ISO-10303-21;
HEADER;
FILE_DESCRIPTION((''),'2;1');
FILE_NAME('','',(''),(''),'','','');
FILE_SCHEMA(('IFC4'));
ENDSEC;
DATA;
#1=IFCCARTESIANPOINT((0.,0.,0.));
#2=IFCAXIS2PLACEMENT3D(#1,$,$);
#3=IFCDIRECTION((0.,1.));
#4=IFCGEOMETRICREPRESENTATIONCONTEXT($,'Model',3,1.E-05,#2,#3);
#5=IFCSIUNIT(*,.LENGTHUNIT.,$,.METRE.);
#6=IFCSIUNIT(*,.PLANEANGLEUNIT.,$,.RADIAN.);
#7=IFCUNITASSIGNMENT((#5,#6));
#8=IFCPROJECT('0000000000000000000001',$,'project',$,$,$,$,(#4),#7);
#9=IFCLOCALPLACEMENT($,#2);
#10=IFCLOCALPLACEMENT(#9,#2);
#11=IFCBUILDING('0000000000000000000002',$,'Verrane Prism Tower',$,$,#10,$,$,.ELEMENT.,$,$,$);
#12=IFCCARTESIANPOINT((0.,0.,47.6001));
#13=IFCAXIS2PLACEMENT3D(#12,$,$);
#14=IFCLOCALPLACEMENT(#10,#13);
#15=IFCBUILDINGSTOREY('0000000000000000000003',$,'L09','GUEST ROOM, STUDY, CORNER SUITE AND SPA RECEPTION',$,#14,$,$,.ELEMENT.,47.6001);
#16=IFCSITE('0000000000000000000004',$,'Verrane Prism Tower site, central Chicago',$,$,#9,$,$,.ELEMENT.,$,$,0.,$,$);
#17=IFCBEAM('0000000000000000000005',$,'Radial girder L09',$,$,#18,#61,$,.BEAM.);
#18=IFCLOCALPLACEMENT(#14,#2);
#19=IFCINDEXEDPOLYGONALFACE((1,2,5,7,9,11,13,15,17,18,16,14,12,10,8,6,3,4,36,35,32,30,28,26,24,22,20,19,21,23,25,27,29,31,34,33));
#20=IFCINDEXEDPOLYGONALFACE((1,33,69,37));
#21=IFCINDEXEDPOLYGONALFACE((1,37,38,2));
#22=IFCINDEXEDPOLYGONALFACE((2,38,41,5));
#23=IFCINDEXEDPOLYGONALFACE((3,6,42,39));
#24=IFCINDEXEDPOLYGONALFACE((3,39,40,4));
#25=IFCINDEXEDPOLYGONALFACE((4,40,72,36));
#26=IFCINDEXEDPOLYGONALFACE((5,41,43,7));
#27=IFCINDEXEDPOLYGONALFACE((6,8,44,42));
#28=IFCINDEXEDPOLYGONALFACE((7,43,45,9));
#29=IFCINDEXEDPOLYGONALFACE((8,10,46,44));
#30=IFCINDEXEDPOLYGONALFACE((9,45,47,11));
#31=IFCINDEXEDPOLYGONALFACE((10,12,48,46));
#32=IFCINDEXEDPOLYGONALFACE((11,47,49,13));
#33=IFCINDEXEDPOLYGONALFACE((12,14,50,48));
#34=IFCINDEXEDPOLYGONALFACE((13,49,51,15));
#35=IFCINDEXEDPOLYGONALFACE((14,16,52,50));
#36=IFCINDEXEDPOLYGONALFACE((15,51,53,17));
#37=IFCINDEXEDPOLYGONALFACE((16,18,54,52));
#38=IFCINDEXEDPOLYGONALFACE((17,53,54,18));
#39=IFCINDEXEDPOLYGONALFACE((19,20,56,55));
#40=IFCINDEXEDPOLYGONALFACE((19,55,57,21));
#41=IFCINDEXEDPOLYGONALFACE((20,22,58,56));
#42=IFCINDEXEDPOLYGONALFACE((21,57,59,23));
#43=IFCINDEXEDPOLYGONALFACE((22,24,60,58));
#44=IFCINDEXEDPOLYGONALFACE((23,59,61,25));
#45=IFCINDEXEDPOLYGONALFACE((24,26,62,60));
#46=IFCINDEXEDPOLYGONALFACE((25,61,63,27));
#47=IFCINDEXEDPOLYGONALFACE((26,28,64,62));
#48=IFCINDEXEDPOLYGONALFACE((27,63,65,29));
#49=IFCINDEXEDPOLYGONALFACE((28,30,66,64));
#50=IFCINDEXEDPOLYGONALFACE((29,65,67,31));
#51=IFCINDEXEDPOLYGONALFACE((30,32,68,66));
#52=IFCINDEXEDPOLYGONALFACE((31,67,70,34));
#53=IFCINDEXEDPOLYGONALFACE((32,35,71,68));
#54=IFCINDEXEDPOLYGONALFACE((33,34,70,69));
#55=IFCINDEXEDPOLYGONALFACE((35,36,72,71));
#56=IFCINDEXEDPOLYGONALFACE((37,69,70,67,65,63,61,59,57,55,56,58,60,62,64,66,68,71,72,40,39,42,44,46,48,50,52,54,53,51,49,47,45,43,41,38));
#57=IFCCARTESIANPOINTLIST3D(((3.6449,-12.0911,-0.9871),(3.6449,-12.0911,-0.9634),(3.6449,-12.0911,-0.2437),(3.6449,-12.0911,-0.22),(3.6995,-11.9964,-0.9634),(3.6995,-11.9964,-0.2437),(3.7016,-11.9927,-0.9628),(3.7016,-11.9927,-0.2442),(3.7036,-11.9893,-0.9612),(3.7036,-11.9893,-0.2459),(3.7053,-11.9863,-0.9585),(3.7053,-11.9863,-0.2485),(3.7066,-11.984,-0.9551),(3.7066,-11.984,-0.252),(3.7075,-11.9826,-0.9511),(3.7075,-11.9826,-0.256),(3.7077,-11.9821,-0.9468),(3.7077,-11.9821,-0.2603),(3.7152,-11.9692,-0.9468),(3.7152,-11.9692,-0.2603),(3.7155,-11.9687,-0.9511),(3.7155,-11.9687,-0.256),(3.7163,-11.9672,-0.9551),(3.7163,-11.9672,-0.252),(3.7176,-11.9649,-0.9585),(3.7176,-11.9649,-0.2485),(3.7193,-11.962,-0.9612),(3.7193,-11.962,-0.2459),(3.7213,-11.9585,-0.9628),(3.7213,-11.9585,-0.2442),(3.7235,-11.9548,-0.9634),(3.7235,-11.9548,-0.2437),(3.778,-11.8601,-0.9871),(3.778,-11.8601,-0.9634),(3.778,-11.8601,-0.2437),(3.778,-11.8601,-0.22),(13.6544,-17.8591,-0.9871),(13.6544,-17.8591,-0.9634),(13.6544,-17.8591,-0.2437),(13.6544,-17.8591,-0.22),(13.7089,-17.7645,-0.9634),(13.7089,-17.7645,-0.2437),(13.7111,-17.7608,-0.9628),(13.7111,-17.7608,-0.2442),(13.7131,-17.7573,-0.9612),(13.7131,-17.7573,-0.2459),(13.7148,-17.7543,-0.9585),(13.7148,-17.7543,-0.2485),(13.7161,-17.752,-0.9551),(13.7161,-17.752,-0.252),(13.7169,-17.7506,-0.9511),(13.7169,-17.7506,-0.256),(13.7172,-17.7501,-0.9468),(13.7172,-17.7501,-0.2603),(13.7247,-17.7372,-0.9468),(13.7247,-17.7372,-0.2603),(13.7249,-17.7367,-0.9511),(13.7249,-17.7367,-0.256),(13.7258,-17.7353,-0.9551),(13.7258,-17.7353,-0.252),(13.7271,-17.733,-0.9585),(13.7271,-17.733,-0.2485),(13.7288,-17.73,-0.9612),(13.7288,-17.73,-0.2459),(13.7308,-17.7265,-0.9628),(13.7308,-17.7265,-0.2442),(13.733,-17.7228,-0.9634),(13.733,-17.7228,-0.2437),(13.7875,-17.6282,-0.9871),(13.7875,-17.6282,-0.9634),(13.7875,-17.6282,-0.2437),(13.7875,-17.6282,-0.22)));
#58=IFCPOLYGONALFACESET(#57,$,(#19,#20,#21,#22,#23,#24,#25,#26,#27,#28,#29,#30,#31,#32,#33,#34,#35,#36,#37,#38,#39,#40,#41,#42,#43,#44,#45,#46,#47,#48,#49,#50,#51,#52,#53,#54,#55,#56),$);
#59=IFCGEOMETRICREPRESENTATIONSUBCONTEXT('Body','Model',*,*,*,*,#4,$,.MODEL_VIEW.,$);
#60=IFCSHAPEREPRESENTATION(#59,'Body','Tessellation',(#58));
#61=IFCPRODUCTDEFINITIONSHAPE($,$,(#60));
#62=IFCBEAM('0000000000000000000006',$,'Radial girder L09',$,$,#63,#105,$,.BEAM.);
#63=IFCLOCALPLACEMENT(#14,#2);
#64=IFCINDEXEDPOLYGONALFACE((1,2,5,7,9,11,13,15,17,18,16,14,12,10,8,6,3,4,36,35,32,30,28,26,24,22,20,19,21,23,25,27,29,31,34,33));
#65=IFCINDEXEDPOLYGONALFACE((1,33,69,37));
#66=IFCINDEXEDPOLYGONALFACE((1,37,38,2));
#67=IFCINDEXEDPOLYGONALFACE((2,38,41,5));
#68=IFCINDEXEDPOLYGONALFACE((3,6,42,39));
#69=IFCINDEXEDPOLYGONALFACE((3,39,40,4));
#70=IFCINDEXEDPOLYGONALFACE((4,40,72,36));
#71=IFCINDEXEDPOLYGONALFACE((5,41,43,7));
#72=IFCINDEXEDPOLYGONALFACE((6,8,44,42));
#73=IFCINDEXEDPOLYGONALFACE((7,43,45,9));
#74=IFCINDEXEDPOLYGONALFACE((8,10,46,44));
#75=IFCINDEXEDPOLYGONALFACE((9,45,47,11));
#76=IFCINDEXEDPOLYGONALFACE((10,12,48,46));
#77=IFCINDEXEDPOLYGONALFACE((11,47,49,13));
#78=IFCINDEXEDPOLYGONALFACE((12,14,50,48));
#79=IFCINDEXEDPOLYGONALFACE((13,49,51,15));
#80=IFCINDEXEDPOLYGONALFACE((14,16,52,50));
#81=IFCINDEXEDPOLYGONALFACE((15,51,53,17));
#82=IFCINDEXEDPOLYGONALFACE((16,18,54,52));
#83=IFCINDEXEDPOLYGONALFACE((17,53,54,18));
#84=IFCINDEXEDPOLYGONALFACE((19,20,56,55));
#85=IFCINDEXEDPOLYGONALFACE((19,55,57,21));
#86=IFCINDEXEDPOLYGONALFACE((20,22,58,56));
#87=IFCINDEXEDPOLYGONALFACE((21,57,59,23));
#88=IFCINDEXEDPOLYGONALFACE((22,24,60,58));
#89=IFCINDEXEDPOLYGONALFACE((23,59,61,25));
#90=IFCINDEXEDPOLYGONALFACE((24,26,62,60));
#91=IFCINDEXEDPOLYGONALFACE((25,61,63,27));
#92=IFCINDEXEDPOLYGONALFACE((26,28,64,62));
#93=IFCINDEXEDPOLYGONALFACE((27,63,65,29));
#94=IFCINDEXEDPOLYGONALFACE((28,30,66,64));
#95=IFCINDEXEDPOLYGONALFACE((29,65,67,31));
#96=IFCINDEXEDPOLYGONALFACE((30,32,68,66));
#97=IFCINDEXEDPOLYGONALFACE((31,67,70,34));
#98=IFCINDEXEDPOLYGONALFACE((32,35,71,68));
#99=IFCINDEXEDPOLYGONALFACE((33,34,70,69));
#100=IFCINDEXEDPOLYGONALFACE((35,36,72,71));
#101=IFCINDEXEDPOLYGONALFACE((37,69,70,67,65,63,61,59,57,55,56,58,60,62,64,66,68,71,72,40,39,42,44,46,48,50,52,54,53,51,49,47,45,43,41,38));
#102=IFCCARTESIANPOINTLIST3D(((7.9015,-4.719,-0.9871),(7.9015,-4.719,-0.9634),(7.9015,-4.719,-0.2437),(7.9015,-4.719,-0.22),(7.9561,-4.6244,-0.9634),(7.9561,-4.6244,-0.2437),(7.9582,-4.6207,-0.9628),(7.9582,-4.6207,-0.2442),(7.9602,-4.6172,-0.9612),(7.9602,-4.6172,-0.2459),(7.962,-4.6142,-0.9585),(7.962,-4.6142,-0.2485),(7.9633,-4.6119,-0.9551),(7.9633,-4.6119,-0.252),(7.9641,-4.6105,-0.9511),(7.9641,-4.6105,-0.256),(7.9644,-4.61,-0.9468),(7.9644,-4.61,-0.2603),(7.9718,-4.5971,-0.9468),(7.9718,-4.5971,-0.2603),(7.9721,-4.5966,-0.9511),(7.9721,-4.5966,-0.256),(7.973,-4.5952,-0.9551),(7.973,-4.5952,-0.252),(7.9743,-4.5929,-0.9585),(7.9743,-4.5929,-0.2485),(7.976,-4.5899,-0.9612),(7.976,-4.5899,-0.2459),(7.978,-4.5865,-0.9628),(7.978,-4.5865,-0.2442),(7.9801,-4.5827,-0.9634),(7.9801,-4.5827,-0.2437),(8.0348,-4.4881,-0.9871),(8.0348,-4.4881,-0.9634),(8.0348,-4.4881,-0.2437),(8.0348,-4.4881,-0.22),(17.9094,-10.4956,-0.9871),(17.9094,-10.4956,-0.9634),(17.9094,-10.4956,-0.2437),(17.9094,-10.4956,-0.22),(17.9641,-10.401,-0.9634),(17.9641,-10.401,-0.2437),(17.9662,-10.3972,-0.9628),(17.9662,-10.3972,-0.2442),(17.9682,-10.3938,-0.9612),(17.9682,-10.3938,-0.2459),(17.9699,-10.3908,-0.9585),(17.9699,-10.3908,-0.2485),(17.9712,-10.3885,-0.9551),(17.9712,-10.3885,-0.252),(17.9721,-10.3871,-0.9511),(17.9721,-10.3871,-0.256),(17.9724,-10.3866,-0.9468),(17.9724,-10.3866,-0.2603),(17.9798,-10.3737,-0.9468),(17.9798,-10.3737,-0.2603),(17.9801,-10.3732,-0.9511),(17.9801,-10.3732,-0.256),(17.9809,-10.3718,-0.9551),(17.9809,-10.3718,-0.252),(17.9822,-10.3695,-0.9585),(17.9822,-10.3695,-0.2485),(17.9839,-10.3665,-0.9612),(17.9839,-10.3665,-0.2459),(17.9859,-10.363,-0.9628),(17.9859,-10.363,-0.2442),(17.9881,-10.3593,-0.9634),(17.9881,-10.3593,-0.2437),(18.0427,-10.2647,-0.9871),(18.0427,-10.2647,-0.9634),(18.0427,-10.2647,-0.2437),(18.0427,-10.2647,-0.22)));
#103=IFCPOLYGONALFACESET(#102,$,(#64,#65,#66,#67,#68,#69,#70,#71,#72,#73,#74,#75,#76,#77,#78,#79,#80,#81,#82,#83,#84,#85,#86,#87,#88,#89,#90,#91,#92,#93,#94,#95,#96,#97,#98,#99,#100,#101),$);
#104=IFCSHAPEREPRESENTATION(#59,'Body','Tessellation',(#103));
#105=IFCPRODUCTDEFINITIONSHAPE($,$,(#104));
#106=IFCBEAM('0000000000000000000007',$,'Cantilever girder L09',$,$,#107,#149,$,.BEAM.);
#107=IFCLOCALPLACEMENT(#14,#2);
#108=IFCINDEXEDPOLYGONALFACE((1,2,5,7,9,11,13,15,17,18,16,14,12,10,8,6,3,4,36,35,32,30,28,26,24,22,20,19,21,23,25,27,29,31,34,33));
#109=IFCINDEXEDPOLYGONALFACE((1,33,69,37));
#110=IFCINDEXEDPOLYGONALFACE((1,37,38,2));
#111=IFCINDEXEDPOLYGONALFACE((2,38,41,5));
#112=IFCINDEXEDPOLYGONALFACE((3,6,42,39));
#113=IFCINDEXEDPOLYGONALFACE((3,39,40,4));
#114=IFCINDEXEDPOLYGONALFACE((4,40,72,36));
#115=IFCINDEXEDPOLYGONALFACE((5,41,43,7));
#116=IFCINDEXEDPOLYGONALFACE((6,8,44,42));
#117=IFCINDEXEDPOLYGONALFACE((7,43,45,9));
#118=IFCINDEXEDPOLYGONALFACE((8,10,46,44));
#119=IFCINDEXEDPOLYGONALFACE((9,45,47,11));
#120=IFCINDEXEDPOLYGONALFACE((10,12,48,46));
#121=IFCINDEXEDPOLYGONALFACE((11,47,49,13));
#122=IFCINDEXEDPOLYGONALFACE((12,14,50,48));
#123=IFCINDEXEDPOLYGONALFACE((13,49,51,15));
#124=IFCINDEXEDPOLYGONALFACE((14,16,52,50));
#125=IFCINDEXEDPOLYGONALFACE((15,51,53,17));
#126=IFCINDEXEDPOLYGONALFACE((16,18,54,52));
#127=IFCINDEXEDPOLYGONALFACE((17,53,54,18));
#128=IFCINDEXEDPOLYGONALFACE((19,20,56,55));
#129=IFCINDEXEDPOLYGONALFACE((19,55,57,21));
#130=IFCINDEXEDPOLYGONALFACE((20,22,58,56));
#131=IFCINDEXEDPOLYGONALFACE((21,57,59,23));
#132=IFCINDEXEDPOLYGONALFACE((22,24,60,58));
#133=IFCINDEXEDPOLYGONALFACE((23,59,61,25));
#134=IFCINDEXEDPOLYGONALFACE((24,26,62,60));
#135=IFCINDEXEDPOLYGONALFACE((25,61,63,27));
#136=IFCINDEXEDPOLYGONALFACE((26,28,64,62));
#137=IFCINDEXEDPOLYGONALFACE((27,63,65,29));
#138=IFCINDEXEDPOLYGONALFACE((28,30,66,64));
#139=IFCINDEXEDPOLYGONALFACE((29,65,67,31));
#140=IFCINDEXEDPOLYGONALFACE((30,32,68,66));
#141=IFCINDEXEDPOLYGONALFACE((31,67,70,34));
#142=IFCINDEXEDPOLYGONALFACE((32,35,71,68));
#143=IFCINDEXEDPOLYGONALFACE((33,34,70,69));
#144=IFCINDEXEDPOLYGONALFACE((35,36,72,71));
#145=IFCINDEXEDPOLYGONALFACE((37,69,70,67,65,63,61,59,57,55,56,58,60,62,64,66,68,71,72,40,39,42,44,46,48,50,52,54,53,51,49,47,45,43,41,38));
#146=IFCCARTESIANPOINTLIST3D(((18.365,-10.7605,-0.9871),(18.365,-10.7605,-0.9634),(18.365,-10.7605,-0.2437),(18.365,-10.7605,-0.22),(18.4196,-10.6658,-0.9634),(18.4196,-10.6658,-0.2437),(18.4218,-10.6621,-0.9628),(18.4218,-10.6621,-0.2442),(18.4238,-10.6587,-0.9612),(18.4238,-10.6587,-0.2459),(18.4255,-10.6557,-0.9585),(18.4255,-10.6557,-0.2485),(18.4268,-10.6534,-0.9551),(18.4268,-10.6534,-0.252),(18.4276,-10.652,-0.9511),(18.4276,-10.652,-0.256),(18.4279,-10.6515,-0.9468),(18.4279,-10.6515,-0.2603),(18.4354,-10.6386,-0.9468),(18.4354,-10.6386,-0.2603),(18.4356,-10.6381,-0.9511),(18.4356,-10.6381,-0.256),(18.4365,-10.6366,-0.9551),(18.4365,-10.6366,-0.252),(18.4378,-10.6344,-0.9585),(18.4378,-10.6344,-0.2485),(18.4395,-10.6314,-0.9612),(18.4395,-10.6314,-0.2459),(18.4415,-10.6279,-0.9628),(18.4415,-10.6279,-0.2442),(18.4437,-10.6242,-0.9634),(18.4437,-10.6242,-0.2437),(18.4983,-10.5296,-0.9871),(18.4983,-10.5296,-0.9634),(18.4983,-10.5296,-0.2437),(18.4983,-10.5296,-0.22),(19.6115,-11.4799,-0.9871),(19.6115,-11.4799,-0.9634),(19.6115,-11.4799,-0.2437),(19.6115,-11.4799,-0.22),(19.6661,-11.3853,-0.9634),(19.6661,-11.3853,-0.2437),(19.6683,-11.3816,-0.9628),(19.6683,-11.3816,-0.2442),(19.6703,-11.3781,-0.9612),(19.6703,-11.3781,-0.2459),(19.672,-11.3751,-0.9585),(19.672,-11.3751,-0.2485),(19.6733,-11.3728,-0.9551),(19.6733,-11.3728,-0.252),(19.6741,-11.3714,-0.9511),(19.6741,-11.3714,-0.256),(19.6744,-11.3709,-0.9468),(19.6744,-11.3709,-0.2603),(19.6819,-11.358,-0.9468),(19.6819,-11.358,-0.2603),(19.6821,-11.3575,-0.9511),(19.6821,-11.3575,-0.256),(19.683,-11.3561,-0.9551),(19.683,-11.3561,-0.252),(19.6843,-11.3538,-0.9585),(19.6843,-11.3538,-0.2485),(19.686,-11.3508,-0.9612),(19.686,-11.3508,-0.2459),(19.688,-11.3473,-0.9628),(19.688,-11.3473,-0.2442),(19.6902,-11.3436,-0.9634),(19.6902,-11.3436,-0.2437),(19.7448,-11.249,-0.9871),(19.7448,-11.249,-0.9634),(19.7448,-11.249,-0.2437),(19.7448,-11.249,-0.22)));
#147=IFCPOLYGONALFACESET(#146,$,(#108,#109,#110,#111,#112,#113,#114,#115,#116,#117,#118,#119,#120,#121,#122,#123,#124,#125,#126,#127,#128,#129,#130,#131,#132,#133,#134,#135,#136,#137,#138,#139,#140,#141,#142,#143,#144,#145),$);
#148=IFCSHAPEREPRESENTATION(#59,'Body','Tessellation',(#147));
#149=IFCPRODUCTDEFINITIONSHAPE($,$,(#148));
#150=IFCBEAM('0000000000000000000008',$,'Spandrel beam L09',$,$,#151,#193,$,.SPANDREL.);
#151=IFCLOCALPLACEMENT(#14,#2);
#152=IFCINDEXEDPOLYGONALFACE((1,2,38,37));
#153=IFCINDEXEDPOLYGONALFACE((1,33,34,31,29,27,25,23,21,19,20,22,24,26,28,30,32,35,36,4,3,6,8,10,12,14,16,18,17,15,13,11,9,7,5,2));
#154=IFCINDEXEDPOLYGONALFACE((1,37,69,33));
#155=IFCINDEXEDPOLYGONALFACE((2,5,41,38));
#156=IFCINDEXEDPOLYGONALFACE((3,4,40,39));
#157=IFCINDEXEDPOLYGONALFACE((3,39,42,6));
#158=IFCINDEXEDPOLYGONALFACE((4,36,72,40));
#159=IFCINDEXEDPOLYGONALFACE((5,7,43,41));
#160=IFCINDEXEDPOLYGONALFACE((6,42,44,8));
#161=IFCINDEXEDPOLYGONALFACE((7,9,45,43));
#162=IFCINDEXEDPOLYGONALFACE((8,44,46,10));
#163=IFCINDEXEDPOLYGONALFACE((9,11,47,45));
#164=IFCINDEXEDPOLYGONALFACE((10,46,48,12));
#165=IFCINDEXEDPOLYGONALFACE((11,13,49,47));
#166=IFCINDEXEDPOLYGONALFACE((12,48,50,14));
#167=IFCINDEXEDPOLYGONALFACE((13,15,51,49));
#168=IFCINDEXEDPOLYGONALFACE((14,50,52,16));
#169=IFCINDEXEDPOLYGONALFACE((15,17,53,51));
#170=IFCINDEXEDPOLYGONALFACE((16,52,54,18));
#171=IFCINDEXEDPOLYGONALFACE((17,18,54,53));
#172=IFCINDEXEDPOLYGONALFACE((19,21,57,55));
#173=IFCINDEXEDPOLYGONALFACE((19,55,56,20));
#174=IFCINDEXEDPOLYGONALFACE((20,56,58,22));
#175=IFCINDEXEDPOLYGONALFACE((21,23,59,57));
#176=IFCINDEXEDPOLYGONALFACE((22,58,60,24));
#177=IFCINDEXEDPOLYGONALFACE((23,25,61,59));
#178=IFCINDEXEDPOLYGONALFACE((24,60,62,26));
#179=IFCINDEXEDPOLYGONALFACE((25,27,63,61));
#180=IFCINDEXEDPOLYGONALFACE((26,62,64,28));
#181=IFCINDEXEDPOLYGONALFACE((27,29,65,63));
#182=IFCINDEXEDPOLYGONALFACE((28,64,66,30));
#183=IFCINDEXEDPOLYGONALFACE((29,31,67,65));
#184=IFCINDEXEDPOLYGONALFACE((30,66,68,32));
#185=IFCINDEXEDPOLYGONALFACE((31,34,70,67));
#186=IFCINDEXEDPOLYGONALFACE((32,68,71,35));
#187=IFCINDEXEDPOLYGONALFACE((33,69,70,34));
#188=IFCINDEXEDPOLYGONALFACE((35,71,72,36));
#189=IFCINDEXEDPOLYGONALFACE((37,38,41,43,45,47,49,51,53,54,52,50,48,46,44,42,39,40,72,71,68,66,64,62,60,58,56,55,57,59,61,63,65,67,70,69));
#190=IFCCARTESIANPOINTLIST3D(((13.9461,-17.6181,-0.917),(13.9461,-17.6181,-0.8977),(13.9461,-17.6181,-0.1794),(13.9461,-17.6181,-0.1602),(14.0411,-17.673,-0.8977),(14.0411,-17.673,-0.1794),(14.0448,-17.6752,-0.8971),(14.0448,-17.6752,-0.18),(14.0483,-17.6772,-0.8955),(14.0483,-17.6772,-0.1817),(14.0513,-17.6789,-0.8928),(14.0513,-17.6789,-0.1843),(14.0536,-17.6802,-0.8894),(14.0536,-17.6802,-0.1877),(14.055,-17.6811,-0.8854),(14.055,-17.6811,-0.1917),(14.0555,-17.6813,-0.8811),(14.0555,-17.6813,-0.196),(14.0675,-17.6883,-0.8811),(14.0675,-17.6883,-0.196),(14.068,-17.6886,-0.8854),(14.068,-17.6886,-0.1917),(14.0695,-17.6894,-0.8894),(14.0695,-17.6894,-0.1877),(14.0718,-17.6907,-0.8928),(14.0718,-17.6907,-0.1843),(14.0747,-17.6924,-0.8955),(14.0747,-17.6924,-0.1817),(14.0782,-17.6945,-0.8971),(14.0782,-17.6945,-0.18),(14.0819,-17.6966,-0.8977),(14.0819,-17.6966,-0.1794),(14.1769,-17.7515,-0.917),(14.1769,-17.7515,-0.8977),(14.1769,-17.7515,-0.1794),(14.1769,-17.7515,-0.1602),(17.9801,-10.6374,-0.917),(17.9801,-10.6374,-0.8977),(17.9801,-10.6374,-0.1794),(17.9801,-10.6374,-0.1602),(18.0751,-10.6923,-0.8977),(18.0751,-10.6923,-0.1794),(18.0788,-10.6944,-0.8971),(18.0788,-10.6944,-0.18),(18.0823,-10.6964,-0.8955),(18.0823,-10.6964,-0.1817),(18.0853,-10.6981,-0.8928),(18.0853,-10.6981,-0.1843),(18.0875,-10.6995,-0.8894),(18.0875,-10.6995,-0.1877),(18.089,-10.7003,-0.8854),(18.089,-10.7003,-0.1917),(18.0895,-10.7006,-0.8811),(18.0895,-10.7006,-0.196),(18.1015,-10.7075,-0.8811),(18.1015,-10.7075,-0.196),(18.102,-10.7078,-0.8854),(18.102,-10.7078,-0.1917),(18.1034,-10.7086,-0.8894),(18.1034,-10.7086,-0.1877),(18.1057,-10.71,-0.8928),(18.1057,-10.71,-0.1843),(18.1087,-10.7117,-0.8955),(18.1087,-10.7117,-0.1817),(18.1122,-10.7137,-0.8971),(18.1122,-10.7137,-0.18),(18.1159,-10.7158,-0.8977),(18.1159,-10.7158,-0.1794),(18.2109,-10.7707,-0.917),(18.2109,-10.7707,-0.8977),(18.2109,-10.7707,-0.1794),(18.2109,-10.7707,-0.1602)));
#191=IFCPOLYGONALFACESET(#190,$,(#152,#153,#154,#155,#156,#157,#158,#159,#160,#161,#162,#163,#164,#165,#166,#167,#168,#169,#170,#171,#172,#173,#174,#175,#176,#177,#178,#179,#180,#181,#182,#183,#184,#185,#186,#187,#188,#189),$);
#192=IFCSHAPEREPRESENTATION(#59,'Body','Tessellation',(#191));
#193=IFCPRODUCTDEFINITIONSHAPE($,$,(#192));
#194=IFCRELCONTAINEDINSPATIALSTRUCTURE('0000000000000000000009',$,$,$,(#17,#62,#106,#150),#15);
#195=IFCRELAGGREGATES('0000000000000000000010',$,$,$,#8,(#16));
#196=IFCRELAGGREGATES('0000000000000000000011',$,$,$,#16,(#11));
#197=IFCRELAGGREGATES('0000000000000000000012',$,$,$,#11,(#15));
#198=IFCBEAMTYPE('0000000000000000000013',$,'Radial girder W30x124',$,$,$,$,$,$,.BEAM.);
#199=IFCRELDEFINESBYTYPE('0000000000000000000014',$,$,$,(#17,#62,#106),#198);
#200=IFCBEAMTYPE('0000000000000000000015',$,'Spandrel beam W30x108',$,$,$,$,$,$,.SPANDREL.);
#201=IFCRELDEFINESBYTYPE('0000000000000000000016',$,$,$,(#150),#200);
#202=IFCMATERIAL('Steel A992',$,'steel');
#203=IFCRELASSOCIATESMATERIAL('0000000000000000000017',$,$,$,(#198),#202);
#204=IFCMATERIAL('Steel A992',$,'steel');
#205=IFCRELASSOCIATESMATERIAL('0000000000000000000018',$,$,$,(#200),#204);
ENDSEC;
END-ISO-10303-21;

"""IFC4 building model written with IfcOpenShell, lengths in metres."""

from ifc_helpers import new_model, si_unit, direction, frame, origin, origin_2d, place, context, subcontext, project, spatial, i_section, extrude, material, material_profile, profile_set, type_object, element, save


model = new_model("IFC4")

# Units and contexts
model_context = context("Model", 3, precision=1e-05, world=origin(), true_north=direction((0.0, 1.0)))
body_context = subcontext(model_context, "Body", "Model", "MODEL_VIEW")
ifc_project = project(units=[si_unit("LENGTHUNIT", "METRE"), si_unit("PLANEANGLEUNIT", "RADIAN")], contexts=[model_context])

# Site, building, storey
site_placement = place(None, origin())
site = spatial("IfcSite", under=ifc_project, at=site_placement, Name="Verrane Prism Tower site, central Chicago", CompositionType="ELEMENT", RefElevation=0.0)
building_placement = place(site_placement, origin())
building = spatial("IfcBuilding", under=site, at=building_placement, Name="Verrane Prism Tower", CompositionType="ELEMENT")
storey_placement = place(building_placement, frame((0.0, 0.0, 47.6001)))
storey = spatial("IfcBuildingStorey", under=building, at=storey_placement, Name="L09", Description="GUEST ROOM, STUDY, CORNER SUITE AND SPA RECEPTION", CompositionType="ELEMENT", Elevation=47.6001)

# Beams
ifc_material_1 = material(Name="Steel A992", Category="steel")
ifc_material_profile_1 = material_profile(ifc_material_1, i_section(OverallWidth=0.2666, OverallDepth=0.7671, WebThickness=0.0149, FlangeThickness=0.0237, FilletRadius=0.0166, at=origin_2d()), Name="W30x124")
ifc_profile_set_1 = profile_set([ifc_material_profile_1], Name="Steel A992")
beam_type_1 = type_object("IfcBeamType", Name="Radial girder W30x124", PredefinedType="BEAM", material=ifc_profile_set_1)
beam_1_placement = place(storey_placement, frame((13.7209, -17.7437, -0.6035), z_axis=(-0.866435, 0.49929, 0.0), x_axis=(-0.49929, -0.866435, 0.0)))
element("IfcBeam", 1, at=beam_1_placement, inside=storey, type_object=beam_type_1, Name="Radial girder L09", PredefinedType="BEAM", context=body_context, shape_type="SweptSolid", body=[
    extrude(i_section(OverallWidth=0.2666, OverallDepth=0.7671, WebThickness=0.0149, FlangeThickness=0.0237, FilletRadius=0.0166, at=origin_2d()), origin(), (0.0, 0.0, 1.0), 11.5525),
])
beam_2_placement = place(storey_placement, frame((17.9761, -10.3801, -0.6035), z_axis=(-0.866083, 0.4999, 0.0), x_axis=(-0.4999, -0.866083, 0.0)))
element("IfcBeam", 2, at=beam_2_placement, inside=storey, type_object=beam_type_1, Name="Radial girder L09", PredefinedType="BEAM", context=body_context, shape_type="SweptSolid", body=[
    extrude(i_section(OverallWidth=0.2666, OverallDepth=0.7671, WebThickness=0.0149, FlangeThickness=0.0237, FilletRadius=0.0166, at=origin_2d()), origin(), (0.0, 0.0, 1.0), 11.5554),
])
beam_3_placement = place(storey_placement, frame((18.4316, -10.645, -0.6035), z_axis=(0.866095, -0.499879, 0.0), x_axis=(0.499879, 0.866095, 0.0)))
element("IfcBeam", 3, at=beam_3_placement, inside=storey, type_object=beam_type_1, Name="Cantilever girder L09", PredefinedType="BEAM", context=body_context, shape_type="SweptSolid", body=[
    extrude(i_section(OverallWidth=0.2666, OverallDepth=0.7671, WebThickness=0.0149, FlangeThickness=0.0237, FilletRadius=0.0166, at=origin_2d()), origin(), (0.0, 0.0, 1.0), 1.4392),
])
ifc_material_2 = material(Name="Steel A992", Category="steel")
ifc_material_profile_2 = material_profile(ifc_material_2, i_section(OverallWidth=0.2666, OverallDepth=0.7568, WebThickness=0.0139, FlangeThickness=0.0193, FilletRadius=0.0166, at=origin_2d()), Name="W30x108")
ifc_profile_set_2 = profile_set([ifc_material_profile_2], Name="Steel A992")
beam_type_2 = type_object("IfcBeamType", Name="Spandrel beam W30x108", PredefinedType="SPANDREL", material=ifc_profile_set_2)
beam_4_placement = place(storey_placement, frame((14.0615, -17.6848, -0.5386), z_axis=(0.500337, 0.865831, 0.0), x_axis=(-0.865831, 0.500337, 0.0)))
element("IfcBeam", 4, at=beam_4_placement, inside=storey, type_object=beam_type_2, Name="Spandrel beam L09", PredefinedType="SPANDREL", context=body_context, shape_type="SweptSolid", body=[
    extrude(i_section(OverallWidth=0.2666, OverallDepth=0.7568, WebThickness=0.0139, FlangeThickness=0.0193, FilletRadius=0.0166, at=origin_2d()), origin(), (0.0, 0.0, 1.0), 8.0625),
])

save(model, "model.ifc")
